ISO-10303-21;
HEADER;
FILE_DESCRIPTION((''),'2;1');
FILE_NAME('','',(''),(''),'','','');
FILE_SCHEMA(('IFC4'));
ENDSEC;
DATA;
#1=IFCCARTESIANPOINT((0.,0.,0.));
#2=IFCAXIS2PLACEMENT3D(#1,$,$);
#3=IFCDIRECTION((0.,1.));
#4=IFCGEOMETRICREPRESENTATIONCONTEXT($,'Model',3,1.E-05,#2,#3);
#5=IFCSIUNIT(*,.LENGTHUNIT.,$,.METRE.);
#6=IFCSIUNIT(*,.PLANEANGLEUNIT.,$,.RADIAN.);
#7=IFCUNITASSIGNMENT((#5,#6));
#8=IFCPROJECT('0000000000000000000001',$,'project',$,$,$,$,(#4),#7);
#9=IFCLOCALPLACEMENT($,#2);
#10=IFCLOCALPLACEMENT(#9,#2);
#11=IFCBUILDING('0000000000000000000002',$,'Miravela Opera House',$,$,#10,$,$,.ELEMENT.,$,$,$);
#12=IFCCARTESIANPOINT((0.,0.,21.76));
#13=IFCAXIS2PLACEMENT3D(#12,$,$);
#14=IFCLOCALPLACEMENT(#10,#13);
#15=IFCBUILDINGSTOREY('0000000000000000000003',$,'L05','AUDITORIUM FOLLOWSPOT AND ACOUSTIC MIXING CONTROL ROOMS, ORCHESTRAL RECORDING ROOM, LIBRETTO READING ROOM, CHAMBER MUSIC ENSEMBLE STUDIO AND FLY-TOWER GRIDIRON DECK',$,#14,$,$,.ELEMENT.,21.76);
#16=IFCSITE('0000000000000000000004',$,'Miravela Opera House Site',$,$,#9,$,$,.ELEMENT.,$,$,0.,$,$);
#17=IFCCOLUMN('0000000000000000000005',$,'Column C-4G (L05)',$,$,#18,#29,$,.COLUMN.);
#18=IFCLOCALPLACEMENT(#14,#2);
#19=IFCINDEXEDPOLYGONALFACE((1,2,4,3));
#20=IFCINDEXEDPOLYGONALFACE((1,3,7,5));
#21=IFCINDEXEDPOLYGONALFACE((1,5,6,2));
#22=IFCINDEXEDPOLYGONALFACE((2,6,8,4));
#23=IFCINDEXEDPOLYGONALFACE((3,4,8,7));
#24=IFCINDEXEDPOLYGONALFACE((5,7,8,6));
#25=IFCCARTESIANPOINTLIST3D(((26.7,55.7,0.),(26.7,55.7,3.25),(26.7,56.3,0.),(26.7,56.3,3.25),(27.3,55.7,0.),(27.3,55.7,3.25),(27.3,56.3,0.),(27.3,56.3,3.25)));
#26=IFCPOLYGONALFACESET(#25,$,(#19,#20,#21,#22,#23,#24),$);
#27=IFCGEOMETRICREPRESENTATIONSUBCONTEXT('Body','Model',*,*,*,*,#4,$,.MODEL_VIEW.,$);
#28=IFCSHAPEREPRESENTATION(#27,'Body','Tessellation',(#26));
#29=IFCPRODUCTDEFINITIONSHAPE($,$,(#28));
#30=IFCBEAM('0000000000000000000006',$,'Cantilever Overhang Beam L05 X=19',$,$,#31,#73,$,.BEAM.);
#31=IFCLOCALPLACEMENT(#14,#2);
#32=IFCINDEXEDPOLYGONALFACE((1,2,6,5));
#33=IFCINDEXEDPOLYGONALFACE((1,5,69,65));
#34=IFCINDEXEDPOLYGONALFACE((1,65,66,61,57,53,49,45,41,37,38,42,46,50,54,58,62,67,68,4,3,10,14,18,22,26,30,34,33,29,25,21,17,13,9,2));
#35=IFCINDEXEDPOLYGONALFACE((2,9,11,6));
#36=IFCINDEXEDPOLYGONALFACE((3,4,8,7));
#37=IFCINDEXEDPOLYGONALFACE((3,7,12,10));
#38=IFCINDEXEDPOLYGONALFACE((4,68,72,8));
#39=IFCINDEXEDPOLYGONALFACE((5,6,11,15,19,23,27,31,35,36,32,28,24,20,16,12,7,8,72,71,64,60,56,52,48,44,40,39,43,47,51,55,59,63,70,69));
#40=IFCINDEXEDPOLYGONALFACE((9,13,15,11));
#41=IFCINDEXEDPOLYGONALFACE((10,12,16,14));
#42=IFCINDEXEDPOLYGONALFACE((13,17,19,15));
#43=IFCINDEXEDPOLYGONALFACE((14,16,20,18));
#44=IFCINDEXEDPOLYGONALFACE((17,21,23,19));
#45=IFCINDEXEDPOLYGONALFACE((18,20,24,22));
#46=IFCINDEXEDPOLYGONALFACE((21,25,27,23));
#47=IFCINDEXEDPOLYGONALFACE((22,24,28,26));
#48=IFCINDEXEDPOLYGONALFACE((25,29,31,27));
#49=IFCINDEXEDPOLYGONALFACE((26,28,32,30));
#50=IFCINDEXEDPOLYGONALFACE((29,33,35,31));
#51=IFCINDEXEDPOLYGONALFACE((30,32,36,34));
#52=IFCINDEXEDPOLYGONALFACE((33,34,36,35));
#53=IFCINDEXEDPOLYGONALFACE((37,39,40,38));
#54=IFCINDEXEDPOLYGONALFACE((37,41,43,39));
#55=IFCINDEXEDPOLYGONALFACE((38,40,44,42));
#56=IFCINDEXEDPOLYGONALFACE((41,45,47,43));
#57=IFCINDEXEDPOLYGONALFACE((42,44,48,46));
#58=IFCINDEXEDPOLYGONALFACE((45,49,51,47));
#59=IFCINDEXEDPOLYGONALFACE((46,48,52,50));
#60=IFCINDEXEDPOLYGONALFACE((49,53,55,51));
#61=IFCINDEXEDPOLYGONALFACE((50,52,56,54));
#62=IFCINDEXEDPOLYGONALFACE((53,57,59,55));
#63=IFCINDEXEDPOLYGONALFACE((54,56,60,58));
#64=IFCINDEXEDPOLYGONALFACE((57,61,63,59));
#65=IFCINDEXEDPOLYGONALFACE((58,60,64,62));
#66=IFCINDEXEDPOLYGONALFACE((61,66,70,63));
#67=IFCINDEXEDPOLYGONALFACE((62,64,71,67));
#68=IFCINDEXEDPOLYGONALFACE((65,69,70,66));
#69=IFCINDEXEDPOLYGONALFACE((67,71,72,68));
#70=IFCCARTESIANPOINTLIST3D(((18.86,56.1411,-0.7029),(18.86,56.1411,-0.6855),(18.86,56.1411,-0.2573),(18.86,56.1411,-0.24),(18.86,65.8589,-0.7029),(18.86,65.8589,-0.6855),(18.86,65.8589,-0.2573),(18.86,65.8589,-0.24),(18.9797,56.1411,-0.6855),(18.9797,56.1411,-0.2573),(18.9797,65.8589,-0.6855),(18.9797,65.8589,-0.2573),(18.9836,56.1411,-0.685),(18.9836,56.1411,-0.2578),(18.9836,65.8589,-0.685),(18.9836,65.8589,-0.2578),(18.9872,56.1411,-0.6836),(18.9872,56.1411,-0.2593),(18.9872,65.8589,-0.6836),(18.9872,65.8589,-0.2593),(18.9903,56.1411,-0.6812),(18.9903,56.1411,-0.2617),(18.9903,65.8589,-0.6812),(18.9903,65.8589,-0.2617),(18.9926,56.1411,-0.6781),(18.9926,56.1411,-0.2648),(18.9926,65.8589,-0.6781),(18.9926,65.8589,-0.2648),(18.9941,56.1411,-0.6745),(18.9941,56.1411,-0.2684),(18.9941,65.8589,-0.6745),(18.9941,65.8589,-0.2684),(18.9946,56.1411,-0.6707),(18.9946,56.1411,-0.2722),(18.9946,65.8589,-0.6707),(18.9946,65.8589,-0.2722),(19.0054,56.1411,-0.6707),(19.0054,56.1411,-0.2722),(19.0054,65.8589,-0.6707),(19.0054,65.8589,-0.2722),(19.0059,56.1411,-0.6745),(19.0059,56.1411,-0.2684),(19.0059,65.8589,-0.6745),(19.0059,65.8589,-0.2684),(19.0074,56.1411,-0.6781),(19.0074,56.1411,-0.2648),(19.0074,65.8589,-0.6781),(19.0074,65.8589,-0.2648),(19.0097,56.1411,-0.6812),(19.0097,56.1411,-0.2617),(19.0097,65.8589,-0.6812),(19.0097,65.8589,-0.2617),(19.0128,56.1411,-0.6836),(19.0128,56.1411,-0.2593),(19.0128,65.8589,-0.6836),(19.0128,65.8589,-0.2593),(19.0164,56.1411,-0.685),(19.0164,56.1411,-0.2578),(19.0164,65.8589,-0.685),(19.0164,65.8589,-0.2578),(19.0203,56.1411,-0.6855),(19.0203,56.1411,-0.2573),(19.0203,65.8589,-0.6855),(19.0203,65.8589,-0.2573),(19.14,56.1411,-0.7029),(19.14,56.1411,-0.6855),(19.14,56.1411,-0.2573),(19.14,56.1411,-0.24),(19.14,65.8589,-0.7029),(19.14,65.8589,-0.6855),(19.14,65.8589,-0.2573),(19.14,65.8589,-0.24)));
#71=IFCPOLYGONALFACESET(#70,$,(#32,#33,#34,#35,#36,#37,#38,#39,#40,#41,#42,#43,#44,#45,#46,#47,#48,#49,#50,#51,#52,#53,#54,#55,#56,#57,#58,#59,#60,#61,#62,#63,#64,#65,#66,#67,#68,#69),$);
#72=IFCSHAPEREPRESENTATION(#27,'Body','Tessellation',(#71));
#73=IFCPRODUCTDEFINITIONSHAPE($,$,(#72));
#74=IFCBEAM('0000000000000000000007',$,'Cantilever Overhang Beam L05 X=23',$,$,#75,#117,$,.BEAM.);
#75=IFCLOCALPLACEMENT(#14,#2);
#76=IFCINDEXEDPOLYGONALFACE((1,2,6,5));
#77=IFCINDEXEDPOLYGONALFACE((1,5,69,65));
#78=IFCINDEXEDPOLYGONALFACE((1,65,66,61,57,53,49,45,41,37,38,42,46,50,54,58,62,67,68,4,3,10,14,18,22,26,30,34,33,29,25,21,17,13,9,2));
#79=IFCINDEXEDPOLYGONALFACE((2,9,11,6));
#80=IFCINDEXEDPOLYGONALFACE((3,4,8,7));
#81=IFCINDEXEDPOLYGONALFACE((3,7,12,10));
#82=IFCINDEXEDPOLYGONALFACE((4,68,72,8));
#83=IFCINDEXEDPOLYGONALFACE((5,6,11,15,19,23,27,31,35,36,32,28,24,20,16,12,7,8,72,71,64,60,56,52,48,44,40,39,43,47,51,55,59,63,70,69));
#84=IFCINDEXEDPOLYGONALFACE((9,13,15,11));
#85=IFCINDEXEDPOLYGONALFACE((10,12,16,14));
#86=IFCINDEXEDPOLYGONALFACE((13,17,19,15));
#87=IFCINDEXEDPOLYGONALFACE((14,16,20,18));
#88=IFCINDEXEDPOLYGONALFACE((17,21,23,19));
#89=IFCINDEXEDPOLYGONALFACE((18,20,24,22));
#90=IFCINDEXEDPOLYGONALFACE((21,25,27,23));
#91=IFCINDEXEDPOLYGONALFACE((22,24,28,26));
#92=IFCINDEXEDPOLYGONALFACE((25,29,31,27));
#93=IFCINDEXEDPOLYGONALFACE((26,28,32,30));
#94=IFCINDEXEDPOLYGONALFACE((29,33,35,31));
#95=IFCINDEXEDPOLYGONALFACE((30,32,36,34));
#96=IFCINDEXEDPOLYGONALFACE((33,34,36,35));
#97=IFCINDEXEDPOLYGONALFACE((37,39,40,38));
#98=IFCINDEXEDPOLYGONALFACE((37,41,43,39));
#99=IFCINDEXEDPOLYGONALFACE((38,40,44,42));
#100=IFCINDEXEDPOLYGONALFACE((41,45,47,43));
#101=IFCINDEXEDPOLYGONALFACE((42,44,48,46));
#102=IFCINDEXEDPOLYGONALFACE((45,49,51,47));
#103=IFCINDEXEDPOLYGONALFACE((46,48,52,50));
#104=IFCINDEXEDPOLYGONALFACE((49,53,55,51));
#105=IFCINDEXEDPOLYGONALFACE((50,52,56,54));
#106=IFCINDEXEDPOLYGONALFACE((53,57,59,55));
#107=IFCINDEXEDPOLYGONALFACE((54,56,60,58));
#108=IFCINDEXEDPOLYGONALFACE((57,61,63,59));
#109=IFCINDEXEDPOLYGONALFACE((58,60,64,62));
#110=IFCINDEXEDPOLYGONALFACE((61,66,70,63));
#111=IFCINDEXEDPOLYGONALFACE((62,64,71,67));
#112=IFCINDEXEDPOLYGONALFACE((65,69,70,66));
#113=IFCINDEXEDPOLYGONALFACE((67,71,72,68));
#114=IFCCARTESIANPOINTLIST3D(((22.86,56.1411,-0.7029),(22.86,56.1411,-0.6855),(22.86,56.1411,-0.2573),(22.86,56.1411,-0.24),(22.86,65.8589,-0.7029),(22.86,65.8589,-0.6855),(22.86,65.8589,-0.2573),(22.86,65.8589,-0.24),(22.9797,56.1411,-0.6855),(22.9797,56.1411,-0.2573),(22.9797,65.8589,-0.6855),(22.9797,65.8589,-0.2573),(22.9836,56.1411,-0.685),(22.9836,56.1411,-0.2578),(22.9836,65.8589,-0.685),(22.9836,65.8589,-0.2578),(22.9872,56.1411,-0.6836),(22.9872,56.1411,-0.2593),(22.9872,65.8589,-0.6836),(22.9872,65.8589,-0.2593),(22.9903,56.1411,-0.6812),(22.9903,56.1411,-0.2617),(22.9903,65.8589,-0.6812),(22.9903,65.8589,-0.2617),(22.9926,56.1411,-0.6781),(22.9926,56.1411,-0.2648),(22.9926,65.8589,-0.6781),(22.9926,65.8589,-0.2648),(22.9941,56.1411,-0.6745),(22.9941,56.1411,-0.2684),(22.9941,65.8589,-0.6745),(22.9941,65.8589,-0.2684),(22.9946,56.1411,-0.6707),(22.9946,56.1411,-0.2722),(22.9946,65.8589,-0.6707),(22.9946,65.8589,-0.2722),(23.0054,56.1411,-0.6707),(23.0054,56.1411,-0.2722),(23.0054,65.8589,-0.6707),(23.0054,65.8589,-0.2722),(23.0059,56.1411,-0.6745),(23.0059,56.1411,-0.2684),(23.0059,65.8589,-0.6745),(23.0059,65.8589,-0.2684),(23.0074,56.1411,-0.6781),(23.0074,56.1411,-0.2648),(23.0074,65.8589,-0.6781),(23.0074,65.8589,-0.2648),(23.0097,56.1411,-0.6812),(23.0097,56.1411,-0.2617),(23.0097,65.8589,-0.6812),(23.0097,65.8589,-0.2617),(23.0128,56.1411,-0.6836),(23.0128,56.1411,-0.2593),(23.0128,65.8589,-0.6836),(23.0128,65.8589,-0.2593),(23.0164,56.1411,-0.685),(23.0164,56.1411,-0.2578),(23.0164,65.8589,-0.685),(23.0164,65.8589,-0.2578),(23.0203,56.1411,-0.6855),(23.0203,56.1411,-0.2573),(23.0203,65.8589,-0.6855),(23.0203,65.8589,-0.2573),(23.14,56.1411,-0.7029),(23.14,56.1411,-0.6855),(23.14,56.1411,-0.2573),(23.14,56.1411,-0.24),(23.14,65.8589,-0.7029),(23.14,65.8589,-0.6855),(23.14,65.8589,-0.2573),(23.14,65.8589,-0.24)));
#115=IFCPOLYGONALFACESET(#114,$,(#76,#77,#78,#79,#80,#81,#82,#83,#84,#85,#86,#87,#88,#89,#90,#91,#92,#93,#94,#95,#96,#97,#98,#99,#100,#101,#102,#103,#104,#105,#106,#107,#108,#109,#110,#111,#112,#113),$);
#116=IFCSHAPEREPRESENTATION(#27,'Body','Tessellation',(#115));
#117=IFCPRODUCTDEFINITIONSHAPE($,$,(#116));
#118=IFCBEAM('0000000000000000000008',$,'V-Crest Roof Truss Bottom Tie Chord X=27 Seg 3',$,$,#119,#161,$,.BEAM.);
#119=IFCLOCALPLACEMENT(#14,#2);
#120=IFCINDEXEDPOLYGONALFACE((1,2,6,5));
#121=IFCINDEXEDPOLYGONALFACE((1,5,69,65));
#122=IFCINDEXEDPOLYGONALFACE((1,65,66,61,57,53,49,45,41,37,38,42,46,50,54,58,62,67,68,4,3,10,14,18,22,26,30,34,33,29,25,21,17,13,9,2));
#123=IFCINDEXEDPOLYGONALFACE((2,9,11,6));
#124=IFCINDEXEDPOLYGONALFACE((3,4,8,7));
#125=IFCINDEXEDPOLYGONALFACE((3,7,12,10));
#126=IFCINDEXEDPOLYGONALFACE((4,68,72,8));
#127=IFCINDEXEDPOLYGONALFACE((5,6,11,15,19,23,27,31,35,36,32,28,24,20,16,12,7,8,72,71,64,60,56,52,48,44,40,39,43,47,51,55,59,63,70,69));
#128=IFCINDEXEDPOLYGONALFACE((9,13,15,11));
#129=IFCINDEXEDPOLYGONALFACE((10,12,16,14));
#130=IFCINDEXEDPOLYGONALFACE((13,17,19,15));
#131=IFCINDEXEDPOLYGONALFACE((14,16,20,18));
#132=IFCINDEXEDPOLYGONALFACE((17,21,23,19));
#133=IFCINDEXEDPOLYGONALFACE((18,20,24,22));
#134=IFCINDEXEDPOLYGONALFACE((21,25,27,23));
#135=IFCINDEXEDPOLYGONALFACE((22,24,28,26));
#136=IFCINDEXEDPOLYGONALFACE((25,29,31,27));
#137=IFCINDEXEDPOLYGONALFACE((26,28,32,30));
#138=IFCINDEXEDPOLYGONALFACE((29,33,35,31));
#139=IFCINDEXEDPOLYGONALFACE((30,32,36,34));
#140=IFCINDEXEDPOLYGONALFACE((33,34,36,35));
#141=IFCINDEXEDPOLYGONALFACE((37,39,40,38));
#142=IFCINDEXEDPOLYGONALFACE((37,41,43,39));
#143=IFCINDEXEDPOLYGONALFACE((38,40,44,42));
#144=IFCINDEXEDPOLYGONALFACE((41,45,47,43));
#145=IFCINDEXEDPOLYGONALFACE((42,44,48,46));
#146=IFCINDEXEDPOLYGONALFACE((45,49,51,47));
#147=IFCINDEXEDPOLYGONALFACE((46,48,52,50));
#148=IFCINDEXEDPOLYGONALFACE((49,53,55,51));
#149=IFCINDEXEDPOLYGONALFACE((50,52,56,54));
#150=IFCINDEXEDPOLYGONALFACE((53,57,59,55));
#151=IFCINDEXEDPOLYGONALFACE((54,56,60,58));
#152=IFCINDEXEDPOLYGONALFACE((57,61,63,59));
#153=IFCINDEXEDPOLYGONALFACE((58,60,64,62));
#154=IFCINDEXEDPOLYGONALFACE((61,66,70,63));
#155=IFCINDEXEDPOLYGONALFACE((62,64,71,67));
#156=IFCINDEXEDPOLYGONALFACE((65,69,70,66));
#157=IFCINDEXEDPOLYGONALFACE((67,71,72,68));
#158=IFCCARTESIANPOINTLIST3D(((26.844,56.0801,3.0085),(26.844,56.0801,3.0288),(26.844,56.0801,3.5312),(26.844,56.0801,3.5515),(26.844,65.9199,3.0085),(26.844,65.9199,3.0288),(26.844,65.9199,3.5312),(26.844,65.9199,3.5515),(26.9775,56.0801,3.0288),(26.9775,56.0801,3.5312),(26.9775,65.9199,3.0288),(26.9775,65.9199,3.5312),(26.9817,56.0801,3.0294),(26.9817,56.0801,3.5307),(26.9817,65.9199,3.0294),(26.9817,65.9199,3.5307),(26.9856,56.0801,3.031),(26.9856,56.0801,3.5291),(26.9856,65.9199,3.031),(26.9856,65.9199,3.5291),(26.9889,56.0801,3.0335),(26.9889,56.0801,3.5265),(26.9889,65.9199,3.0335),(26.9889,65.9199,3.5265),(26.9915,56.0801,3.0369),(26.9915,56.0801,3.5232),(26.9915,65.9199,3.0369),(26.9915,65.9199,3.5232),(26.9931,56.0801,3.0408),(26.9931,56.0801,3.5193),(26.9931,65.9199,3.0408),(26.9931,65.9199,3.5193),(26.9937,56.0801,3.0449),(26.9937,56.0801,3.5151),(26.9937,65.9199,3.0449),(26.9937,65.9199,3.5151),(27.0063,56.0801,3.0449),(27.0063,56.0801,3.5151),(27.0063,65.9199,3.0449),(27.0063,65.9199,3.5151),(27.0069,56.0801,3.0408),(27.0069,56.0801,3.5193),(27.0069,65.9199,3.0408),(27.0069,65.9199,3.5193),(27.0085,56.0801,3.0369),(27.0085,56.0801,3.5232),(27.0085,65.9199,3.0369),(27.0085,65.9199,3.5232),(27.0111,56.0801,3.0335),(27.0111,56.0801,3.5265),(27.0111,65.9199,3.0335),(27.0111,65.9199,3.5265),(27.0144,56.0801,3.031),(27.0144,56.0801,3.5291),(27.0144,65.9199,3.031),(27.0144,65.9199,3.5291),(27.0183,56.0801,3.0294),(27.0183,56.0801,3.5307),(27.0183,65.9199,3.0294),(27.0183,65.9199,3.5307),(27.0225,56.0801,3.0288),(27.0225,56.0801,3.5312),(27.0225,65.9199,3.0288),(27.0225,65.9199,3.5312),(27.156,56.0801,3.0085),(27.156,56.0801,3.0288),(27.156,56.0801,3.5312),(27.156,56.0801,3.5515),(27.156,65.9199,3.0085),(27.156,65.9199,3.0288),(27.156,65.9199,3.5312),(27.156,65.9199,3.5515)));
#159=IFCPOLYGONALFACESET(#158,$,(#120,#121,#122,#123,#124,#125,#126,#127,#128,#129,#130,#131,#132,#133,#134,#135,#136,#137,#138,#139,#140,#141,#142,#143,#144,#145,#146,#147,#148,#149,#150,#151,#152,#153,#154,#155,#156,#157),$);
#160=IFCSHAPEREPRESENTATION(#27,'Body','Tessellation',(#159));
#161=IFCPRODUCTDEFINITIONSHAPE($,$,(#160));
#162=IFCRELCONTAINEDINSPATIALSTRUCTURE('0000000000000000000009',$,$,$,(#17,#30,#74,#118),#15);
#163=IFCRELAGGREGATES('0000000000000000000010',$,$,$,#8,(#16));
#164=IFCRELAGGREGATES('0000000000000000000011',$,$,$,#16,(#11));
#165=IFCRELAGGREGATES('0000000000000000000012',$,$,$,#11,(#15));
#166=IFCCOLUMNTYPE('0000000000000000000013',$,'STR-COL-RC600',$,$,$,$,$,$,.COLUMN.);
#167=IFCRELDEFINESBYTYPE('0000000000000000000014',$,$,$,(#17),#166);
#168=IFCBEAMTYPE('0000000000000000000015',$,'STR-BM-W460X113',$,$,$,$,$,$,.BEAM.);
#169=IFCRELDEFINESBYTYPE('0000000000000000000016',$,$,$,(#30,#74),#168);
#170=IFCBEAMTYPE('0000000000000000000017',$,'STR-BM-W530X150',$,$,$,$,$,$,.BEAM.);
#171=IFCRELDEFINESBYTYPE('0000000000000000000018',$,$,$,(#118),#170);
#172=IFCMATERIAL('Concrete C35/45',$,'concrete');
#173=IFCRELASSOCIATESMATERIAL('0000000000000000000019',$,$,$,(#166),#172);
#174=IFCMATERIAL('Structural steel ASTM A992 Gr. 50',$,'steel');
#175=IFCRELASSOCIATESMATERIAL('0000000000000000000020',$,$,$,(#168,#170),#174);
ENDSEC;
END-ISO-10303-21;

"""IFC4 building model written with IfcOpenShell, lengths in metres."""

from ifc_helpers import new_model, si_unit, direction, frame, origin, origin_2d, place, context, subcontext, project, spatial, rectangle, i_section, extrude, material, material_profile, profile_set, type_object, element, save


model = new_model("IFC4")

# Units and contexts
model_context = context("Model", 3, precision=1e-05, world=origin(), true_north=direction((0.0, 1.0)))
body_context = subcontext(model_context, "Body", "Model", "MODEL_VIEW")
ifc_project = project(units=[si_unit("LENGTHUNIT", "METRE"), si_unit("PLANEANGLEUNIT", "RADIAN")], contexts=[model_context])

# Site, building, storey
site_placement = place(None, origin())
site = spatial("IfcSite", under=ifc_project, at=site_placement, Name="Miravela Opera House Site", CompositionType="ELEMENT", RefElevation=0.0)
building_placement = place(site_placement, origin())
building = spatial("IfcBuilding", under=site, at=building_placement, Name="Miravela Opera House", CompositionType="ELEMENT")
storey_placement = place(building_placement, frame((0.0, 0.0, 21.76)))
storey = spatial("IfcBuildingStorey", under=building, at=storey_placement, Name="L05", Description="AUDITORIUM FOLLOWSPOT AND ACOUSTIC MIXING CONTROL ROOMS, ORCHESTRAL RECORDING ROOM, LIBRETTO READING ROOM, CHAMBER MUSIC ENSEMBLE STUDIO AND FLY-TOWER GRIDIRON DECK", CompositionType="ELEMENT", Elevation=21.76)

# Column
ifc_material_1 = material(Name="Concrete C35/45", Category="concrete")
ifc_material_profile_1 = material_profile(ifc_material_1, rectangle(XDim=0.6001, YDim=0.6001, at=origin_2d()), Name="RC-COL-600X600")
ifc_profile_set_1 = profile_set([ifc_material_profile_1])
column_type = type_object("IfcColumnType", Name="STR-COL-RC600", PredefinedType="COLUMN", material=ifc_profile_set_1)
column_placement = place(storey_placement, frame((27.0, 56.0, 0.0), z_axis=(0.0, 0.0, 1.0), x_axis=(1.0, 0.0, 0.0)))
element("IfcColumn", 1, at=column_placement, inside=storey, type_object=column_type, Name="Column C-4G (L05)", PredefinedType="COLUMN", context=body_context, shape_type="SweptSolid", body=[
    extrude(rectangle(XDim=0.6001, YDim=0.6001, at=origin_2d()), origin(), (0.0, 0.0, 1.0), 3.25),
])

# Beams
ifc_material_2 = material(Name="Structural steel ASTM A992 Gr. 50", Category="steel")
ifc_material_profile_2 = material_profile(ifc_material_2, i_section(OverallWidth=0.28, OverallDepth=0.4629, WebThickness=0.0107, FlangeThickness=0.0173, FilletRadius=0.0149, at=origin_2d()), Name="W460X113")
ifc_profile_set_2 = profile_set([ifc_material_profile_2])
beam_type_1 = type_object("IfcBeamType", Name="STR-BM-W460X113", PredefinedType="BEAM", material=ifc_profile_set_2)
for number, where, z_axis, x_axis, name in (
    (2, (19.0, 56.1411, -0.4714), (0.0, 1.0, 0.0), (-1.0, 0.0, 0.0), "Cantilever Overhang Beam L05 X=19"),
    (3, (23.0, 56.1411, -0.4714), (0.0, 1.0, 0.0), (-1.0, 0.0, 0.0), "Cantilever Overhang Beam L05 X=23"),
):
    element("IfcBeam", number, at=place(storey_placement, frame(where, z_axis=z_axis, x_axis=x_axis)), inside=storey, type_object=beam_type_1, Name=name, PredefinedType="BEAM", context=body_context, shape_type="SweptSolid", body=[
        extrude(i_section(OverallWidth=0.28, OverallDepth=0.4629, WebThickness=0.0107, FlangeThickness=0.0173, FilletRadius=0.0149, at=origin_2d()), origin(), (0.0, 0.0, 1.0), 9.7178),
    ])
ifc_material_profile_3 = material_profile(ifc_material_2, i_section(OverallWidth=0.312, OverallDepth=0.543, WebThickness=0.0127, FlangeThickness=0.0203, FilletRadius=0.0161, at=origin_2d()), Name="W530X150")
ifc_profile_set_3 = profile_set([ifc_material_profile_3])
beam_type_2 = type_object("IfcBeamType", Name="STR-BM-W530X150", PredefinedType="BEAM", material=ifc_profile_set_3)
beam_placement = place(storey_placement, frame((27.0, 56.0801, 3.28), z_axis=(0.0, 1.0, 0.0), x_axis=(-1.0, 0.0, 0.0)))
element("IfcBeam", 4, at=beam_placement, inside=storey, type_object=beam_type_2, Name="V-Crest Roof Truss Bottom Tie Chord X=27 Seg 3", PredefinedType="BEAM", context=body_context, shape_type="SweptSolid", body=[
    extrude(i_section(OverallWidth=0.312, OverallDepth=0.543, WebThickness=0.0127, FlangeThickness=0.0203, FilletRadius=0.0161, at=origin_2d()), origin(), (0.0, 0.0, 1.0), 9.8398),
])

save(model, "model.ifc")
